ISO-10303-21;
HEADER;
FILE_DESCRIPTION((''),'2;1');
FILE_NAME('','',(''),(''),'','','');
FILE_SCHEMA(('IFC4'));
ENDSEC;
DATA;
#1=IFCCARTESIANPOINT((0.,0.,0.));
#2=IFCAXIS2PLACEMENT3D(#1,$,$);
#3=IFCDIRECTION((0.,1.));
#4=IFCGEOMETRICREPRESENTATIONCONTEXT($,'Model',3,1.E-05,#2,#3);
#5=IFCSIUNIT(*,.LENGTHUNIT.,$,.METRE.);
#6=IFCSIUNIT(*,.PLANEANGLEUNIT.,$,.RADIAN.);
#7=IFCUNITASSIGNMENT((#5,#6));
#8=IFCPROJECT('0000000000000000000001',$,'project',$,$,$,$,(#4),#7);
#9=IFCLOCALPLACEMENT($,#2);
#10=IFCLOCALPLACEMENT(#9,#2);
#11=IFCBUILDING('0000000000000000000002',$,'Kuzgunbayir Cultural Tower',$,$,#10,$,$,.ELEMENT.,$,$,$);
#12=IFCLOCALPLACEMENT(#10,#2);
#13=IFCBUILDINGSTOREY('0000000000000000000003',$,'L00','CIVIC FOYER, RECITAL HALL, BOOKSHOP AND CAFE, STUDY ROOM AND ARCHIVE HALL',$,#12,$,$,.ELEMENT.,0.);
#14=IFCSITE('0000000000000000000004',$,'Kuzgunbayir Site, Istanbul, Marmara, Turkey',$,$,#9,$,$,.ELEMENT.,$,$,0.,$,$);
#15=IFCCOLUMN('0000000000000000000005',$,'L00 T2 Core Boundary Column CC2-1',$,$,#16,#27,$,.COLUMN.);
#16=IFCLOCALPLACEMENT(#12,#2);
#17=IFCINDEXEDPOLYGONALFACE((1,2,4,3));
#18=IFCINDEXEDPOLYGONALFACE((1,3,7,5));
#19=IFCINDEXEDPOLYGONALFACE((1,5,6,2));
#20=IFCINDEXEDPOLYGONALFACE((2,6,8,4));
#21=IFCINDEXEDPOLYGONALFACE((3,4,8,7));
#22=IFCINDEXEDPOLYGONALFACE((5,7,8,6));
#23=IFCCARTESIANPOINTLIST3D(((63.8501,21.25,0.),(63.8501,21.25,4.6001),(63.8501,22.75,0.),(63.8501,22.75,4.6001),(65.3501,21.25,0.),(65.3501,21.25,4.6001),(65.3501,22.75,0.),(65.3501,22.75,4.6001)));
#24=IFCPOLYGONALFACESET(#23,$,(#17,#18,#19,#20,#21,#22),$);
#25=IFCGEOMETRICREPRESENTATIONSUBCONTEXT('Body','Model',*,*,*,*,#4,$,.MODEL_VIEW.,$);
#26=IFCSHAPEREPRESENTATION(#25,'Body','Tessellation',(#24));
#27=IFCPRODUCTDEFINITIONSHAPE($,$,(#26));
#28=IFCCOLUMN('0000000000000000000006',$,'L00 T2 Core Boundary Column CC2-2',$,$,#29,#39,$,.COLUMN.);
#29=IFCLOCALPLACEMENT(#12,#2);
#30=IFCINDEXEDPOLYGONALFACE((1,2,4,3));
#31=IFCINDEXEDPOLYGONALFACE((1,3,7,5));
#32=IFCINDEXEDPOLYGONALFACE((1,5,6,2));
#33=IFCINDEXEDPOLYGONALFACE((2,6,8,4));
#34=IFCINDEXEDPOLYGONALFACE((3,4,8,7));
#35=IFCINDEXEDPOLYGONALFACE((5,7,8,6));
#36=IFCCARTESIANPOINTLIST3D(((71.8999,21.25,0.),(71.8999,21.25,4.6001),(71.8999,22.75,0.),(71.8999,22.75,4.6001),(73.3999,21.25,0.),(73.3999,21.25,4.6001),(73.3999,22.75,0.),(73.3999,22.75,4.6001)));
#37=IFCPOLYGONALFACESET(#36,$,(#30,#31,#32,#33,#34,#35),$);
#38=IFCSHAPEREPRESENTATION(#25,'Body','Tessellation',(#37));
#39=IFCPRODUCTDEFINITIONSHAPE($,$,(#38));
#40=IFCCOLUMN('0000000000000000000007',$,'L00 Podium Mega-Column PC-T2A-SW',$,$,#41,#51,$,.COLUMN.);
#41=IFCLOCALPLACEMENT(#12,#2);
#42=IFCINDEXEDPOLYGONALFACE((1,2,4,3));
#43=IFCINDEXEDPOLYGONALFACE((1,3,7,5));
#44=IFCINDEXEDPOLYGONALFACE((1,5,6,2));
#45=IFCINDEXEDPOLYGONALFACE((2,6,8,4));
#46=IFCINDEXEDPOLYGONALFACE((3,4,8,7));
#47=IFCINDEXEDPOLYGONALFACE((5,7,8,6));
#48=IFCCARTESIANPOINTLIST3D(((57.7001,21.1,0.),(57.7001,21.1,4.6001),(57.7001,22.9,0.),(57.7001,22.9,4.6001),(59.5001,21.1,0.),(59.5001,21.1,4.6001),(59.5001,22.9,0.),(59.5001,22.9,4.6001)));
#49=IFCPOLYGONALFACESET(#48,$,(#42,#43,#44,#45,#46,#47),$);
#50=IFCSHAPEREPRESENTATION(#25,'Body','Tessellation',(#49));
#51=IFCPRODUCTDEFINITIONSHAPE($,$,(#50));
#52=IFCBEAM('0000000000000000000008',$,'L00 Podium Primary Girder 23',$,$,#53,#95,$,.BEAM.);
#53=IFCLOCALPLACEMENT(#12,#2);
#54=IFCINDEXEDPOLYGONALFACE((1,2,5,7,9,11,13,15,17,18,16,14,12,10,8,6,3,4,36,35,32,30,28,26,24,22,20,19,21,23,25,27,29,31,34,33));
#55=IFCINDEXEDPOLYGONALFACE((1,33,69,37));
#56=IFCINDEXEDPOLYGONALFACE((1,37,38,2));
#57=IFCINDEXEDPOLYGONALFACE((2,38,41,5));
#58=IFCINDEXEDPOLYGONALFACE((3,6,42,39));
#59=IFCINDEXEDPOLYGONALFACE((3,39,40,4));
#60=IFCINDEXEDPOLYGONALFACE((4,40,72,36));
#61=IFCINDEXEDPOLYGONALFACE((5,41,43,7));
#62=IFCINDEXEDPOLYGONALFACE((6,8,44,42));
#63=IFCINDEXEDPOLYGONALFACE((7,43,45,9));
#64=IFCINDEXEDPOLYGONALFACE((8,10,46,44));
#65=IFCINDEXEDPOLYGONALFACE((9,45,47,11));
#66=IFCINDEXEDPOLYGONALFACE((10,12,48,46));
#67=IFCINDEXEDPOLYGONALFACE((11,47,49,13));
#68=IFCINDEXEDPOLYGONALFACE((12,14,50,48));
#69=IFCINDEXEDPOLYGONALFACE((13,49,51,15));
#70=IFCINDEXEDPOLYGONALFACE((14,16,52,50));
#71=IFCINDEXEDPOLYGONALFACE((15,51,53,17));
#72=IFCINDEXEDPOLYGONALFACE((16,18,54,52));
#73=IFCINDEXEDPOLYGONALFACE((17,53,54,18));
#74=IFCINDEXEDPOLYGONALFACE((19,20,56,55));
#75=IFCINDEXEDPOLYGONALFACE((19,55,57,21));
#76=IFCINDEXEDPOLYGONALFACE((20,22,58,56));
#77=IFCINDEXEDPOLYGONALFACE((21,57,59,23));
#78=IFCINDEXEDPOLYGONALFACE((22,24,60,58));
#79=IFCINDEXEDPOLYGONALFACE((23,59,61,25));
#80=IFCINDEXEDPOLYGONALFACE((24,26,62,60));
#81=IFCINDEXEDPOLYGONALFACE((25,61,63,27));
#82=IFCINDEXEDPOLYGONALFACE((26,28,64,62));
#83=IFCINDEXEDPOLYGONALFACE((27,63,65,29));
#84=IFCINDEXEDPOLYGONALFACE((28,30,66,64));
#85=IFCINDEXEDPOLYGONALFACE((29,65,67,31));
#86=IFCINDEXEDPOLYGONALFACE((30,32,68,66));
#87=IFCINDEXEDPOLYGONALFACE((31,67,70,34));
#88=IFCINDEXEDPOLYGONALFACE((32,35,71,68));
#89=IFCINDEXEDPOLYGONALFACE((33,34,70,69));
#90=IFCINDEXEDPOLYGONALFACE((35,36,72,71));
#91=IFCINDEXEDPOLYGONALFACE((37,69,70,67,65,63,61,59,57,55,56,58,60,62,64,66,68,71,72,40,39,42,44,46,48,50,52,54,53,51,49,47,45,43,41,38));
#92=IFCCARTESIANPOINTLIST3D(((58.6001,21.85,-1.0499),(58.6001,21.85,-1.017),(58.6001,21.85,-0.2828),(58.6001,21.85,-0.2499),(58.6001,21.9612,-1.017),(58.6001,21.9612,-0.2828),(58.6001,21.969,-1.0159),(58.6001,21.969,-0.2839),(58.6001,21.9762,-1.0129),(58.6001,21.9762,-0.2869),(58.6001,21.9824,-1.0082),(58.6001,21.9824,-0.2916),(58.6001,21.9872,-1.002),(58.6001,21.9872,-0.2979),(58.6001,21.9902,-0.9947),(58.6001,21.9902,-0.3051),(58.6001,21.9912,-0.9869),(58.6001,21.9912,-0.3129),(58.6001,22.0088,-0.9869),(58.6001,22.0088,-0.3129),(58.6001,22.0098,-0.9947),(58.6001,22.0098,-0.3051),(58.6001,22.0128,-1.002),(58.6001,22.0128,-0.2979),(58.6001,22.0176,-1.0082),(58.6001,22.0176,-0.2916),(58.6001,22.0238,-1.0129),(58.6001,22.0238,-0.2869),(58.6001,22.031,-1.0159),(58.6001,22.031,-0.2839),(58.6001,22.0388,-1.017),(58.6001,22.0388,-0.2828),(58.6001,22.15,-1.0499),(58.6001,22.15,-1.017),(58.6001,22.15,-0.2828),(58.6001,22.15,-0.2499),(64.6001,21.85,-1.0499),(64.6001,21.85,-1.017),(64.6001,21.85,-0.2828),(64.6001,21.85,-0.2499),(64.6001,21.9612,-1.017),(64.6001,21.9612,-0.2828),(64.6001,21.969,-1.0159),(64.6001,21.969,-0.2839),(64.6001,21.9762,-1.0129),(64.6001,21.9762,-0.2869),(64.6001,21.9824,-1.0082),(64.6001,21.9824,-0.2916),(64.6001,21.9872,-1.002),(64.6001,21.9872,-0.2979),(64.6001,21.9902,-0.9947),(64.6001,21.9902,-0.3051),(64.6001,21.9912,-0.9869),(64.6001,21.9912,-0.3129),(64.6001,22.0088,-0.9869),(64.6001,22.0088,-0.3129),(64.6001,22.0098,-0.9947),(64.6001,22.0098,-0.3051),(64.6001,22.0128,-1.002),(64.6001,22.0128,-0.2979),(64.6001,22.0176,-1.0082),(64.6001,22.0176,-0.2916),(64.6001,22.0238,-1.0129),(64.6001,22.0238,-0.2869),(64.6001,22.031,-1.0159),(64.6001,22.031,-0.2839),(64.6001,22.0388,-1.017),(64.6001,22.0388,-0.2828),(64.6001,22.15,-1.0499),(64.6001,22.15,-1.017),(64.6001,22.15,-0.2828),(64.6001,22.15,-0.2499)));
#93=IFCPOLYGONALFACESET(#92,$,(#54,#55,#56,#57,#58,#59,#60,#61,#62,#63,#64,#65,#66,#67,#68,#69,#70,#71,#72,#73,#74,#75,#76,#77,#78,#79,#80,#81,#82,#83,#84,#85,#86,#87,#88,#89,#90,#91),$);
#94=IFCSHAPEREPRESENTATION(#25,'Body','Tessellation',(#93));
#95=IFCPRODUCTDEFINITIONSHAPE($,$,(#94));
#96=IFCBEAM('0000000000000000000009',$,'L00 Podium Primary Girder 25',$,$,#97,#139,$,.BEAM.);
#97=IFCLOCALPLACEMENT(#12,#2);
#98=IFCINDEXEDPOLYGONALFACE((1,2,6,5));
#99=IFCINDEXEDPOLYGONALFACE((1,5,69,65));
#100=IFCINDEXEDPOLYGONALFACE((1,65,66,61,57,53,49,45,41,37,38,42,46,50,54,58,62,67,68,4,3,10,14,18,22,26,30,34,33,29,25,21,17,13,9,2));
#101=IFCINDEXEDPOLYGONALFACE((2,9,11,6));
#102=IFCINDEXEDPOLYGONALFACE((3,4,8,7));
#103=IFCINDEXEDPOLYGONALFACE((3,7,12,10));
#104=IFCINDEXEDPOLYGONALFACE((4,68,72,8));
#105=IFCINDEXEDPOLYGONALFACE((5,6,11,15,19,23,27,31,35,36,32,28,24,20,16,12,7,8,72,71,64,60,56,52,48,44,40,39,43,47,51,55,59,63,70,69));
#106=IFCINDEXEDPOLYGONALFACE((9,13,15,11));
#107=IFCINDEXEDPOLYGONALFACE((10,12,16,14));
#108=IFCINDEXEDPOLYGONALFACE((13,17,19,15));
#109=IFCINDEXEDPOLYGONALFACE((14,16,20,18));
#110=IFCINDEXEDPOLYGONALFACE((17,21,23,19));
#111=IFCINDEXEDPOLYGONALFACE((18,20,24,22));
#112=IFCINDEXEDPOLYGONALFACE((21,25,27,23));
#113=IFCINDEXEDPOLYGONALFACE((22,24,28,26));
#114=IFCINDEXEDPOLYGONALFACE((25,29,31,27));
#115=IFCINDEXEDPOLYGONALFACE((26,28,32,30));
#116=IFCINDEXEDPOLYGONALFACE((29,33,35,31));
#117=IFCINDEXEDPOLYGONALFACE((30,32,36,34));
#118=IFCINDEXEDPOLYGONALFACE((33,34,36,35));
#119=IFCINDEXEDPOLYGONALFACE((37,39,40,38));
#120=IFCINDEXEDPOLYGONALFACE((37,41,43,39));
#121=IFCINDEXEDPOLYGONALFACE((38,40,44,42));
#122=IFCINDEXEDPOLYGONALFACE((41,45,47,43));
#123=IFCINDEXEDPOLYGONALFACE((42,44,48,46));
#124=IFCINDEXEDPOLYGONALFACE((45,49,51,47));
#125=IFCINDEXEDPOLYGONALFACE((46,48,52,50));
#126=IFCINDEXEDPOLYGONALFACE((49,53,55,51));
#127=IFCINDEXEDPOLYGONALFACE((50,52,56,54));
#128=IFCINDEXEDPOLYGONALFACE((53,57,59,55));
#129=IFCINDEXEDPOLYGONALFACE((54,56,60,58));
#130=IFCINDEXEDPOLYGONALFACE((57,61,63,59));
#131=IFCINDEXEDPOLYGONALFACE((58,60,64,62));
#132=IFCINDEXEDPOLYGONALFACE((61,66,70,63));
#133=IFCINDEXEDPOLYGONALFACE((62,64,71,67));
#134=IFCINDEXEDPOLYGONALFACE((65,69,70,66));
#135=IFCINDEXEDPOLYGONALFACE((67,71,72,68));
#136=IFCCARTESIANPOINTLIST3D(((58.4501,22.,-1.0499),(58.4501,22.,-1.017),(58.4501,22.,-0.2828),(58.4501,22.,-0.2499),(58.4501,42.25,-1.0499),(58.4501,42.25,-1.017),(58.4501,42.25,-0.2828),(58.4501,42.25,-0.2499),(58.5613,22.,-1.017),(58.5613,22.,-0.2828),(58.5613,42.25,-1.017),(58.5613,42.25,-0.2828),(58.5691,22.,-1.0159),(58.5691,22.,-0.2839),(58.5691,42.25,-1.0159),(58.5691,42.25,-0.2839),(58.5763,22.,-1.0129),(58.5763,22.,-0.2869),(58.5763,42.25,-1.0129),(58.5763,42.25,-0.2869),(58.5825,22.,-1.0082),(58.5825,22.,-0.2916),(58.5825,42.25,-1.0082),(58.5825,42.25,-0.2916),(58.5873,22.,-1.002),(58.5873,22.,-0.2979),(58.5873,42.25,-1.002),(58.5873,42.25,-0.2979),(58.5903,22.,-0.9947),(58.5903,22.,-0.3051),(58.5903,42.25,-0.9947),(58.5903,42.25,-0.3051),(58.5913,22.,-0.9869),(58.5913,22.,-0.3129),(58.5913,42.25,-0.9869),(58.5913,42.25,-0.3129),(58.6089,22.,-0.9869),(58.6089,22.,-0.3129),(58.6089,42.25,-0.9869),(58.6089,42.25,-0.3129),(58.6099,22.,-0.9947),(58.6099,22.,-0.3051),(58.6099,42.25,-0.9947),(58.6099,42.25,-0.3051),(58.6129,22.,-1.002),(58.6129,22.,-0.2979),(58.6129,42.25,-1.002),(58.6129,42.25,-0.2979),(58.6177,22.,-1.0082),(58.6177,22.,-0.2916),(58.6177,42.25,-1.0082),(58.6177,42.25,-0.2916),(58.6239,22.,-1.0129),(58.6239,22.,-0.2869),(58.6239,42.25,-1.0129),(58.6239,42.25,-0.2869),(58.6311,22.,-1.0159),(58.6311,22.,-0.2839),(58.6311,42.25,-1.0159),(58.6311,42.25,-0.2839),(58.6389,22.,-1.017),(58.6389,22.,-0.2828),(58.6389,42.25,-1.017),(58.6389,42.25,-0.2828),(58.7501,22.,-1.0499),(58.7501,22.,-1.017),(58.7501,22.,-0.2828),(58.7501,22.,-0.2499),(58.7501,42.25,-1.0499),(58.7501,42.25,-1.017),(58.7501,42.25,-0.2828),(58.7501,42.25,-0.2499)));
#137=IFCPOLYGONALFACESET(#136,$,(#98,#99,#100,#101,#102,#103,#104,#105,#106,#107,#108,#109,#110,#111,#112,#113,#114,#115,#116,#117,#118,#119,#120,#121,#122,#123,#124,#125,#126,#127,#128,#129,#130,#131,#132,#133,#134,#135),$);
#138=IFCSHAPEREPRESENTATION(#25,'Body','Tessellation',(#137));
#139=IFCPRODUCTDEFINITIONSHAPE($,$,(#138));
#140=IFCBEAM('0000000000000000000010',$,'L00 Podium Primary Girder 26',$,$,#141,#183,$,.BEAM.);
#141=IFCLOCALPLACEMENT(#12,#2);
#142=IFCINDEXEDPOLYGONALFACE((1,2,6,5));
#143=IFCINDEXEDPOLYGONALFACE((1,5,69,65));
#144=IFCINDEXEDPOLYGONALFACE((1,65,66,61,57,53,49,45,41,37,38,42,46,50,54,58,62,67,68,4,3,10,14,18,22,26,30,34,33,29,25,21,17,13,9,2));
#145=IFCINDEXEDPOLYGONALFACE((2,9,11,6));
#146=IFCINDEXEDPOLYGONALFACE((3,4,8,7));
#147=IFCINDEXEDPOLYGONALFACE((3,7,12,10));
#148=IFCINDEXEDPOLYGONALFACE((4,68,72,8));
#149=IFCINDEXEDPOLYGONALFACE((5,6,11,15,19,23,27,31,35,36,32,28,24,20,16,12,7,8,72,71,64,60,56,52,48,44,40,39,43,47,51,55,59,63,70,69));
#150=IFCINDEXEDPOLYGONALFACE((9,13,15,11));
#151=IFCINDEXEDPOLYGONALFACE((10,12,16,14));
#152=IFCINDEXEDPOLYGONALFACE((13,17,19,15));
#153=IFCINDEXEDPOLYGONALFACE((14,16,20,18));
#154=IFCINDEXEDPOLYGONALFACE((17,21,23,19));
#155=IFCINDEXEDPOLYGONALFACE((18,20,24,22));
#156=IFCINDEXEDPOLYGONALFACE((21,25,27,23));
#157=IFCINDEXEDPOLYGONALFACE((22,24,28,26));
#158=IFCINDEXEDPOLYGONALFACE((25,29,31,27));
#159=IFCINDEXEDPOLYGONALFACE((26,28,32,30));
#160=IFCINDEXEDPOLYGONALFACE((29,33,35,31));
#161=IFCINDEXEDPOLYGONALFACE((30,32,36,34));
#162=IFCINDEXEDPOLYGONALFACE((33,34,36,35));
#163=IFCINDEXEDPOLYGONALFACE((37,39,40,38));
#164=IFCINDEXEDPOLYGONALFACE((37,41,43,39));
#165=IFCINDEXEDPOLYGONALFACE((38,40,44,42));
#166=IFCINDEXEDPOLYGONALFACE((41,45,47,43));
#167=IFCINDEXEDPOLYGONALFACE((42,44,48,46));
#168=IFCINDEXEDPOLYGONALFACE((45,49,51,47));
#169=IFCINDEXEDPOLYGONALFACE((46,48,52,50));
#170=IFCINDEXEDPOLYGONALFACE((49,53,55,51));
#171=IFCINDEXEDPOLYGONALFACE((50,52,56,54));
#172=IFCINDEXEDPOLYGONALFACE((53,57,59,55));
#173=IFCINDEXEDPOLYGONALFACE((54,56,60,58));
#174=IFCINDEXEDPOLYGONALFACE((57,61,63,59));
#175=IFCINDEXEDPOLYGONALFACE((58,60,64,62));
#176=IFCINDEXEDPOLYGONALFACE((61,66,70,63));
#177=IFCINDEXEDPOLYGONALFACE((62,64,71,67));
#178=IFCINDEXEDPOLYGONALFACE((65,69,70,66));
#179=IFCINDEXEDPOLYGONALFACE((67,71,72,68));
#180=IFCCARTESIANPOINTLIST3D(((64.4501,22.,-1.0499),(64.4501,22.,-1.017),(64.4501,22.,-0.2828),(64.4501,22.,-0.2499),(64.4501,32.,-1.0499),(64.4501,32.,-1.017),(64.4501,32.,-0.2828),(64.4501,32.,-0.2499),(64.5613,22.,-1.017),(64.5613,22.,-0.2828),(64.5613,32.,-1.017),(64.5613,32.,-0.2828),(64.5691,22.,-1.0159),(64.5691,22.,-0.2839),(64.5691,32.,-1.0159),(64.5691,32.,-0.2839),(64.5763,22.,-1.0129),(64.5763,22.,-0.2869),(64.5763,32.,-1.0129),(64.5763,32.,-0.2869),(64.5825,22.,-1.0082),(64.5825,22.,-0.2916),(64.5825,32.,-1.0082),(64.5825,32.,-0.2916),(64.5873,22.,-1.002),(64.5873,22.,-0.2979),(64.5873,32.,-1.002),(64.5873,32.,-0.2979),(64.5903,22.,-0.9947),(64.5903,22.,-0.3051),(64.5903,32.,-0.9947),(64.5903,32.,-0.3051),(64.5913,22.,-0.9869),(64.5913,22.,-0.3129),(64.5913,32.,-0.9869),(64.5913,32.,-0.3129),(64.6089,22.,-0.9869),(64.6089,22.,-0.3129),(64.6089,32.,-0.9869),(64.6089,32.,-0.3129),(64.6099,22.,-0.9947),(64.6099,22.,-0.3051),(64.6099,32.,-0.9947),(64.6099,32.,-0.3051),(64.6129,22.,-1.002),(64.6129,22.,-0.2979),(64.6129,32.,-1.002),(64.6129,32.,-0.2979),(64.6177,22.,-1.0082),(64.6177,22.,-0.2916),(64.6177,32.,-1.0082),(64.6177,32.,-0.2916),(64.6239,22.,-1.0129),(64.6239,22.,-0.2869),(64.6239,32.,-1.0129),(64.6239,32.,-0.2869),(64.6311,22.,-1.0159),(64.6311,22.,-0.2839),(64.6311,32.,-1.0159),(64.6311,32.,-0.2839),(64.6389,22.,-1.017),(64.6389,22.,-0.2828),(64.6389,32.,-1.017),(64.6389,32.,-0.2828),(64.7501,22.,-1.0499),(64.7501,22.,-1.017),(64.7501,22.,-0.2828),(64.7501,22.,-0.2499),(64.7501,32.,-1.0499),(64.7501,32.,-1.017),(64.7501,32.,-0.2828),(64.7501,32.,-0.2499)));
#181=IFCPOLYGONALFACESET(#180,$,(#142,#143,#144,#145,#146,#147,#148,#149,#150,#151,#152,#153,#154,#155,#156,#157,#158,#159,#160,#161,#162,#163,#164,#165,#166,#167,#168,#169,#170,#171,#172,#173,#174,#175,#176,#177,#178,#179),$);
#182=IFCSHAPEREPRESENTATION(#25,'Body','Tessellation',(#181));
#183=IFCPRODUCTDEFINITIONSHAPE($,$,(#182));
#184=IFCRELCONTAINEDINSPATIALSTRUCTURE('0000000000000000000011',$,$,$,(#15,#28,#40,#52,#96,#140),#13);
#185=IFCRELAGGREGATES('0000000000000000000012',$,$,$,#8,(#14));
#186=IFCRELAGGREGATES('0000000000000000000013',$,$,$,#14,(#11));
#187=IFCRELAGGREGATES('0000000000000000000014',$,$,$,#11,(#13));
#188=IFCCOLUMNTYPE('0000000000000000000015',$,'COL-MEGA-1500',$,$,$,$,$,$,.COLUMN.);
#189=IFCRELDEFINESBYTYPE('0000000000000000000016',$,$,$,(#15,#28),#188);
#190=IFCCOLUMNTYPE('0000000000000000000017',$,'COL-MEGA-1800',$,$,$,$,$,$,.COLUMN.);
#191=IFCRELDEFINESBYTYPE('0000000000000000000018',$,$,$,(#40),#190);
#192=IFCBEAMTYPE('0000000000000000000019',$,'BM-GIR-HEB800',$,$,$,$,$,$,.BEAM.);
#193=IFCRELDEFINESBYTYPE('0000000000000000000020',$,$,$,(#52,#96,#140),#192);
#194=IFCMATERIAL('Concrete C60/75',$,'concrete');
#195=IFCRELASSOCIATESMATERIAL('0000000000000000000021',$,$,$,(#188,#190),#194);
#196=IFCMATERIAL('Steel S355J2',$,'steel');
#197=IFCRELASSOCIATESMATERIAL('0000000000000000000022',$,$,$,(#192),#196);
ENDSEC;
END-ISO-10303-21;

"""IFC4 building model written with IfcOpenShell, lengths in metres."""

from ifc_helpers import new_model, si_unit, direction, frame, origin, origin_2d, place, context, subcontext, project, spatial, rectangle, i_section, extrude, material, material_profile, profile_set, type_object, element, save


model = new_model("IFC4")

# Units and contexts
model_context = context("Model", 3, precision=1e-05, world=origin(), true_north=direction((0.0, 1.0)))
body_context = subcontext(model_context, "Body", "Model", "MODEL_VIEW")
ifc_project = project(units=[si_unit("LENGTHUNIT", "METRE"), si_unit("PLANEANGLEUNIT", "RADIAN")], contexts=[model_context])

# Site, building, storey
site_placement = place(None, origin())
site = spatial("IfcSite", under=ifc_project, at=site_placement, Name="Kuzgunbayir Site, Istanbul, Marmara, Turkey", CompositionType="ELEMENT", RefElevation=0.0)
building_placement = place(site_placement, origin())
building = spatial("IfcBuilding", under=site, at=building_placement, Name="Kuzgunbayir Cultural Tower", CompositionType="ELEMENT")
storey_placement = place(building_placement, origin())
storey = spatial("IfcBuildingStorey", under=building, at=storey_placement, Name="L00", Description="CIVIC FOYER, RECITAL HALL, BOOKSHOP AND CAFE, STUDY ROOM AND ARCHIVE HALL", CompositionType="ELEMENT", Elevation=0.0)

# Columns
ifc_material_1 = material(Name="Concrete C60/75", Category="concrete")
ifc_material_profile_1 = material_profile(ifc_material_1, rectangle(XDim=1.5, YDim=1.5, at=origin_2d()), Name="RC 1500x1500")
ifc_profile_set_1 = profile_set([ifc_material_profile_1], Name="Concrete C60/75")
column_type_1 = type_object("IfcColumnType", Name="COL-MEGA-1500", PredefinedType="COLUMN", material=ifc_profile_set_1)
for number, where, z_axis, x_axis, name in (
    (1, (64.6001, 22.0, 0.0), (0.0, 0.0, 1.0), (1.0, 0.0, 0.0), "L00 T2 Core Boundary Column CC2-1"),
    (2, (72.6499, 22.0, 0.0), (0.0, 0.0, 1.0), (1.0, 0.0, 0.0), "L00 T2 Core Boundary Column CC2-2"),
):
    element("IfcColumn", number, at=place(storey_placement, frame(where, z_axis=z_axis, x_axis=x_axis)), inside=storey, type_object=column_type_1, Name=name, PredefinedType="COLUMN", context=body_context, shape_type="SweptSolid", body=[
        extrude(rectangle(XDim=1.5, YDim=1.5, at=origin_2d()), origin(), (0.0, 0.0, 1.0), 4.6001),
    ])
ifc_material_profile_2 = material_profile(ifc_material_1, rectangle(XDim=1.8, YDim=1.8, at=origin_2d()), Name="RC 1800x1800")
ifc_profile_set_2 = profile_set([ifc_material_profile_2], Name="Concrete C60/75")
column_type_2 = type_object("IfcColumnType", Name="COL-MEGA-1800", PredefinedType="COLUMN", material=ifc_profile_set_2)
column_placement = place(storey_placement, frame((58.6001, 22.0, 0.0), z_axis=(0.0, 0.0, 1.0), x_axis=(1.0, 0.0, 0.0)))
element("IfcColumn", 3, at=column_placement, inside=storey, type_object=column_type_2, Name="L00 Podium Mega-Column PC-T2A-SW", PredefinedType="COLUMN", context=body_context, shape_type="SweptSolid", body=[
    extrude(rectangle(XDim=1.8, YDim=1.8, at=origin_2d()), origin(), (0.0, 0.0, 1.0), 4.6001),
])

# Beams
ifc_material_2 = material(Name="Steel S355J2", Category="steel")
ifc_material_profile_3 = material_profile(ifc_material_2, i_section(OverallWidth=0.3, OverallDepth=0.8, WebThickness=0.0176, FlangeThickness=0.033, FilletRadius=0.03, at=origin_2d()), Name="HEB 800")
ifc_profile_set_3 = profile_set([ifc_material_profile_3], Name="Steel S355J2")
beam_type_1 = type_object("IfcBeamType", Name="BM-GIR-HEB800", PredefinedType="BEAM", material=ifc_profile_set_3)
beam_1_placement = place(storey_placement, frame((58.6001, 22.0, -0.6499), z_axis=(1.0, 0.0, 0.0), x_axis=(0.0, 1.0, 0.0)))
element("IfcBeam", 4, at=beam_1_placement, inside=storey, type_object=beam_type_1, Name="L00 Podium Primary Girder 23", PredefinedType="BEAM", context=body_context, shape_type="SweptSolid", body=[
    extrude(i_section(OverallWidth=0.3, OverallDepth=0.8, WebThickness=0.0176, FlangeThickness=0.033, FilletRadius=0.03, at=origin_2d()), origin(), (0.0, 0.0, 1.0), 6.0),
])
beam_2_placement = place(storey_placement, frame((58.6001, 22.0, -0.6499), z_axis=(0.0, 1.0, 0.0), x_axis=(-1.0, 0.0, 0.0)))
element("IfcBeam", 5, at=beam_2_placement, inside=storey, type_object=beam_type_1, Name="L00 Podium Primary Girder 25", PredefinedType="BEAM", context=body_context, shape_type="SweptSolid", body=[
    extrude(i_section(OverallWidth=0.3, OverallDepth=0.8, WebThickness=0.0176, FlangeThickness=0.033, FilletRadius=0.03, at=origin_2d()), origin(), (0.0, 0.0, 1.0), 20.25),
])
beam_3_placement = place(storey_placement, frame((64.6001, 22.0, -0.6499), z_axis=(0.0, 1.0, 0.0), x_axis=(-1.0, 0.0, 0.0)))
element("IfcBeam", 6, at=beam_3_placement, inside=storey, type_object=beam_type_1, Name="L00 Podium Primary Girder 26", PredefinedType="BEAM", context=body_context, shape_type="SweptSolid", body=[
    extrude(i_section(OverallWidth=0.3, OverallDepth=0.8, WebThickness=0.0176, FlangeThickness=0.033, FilletRadius=0.03, at=origin_2d()), origin(), (0.0, 0.0, 1.0), 10.0),
])

save(model, "model.ifc")
